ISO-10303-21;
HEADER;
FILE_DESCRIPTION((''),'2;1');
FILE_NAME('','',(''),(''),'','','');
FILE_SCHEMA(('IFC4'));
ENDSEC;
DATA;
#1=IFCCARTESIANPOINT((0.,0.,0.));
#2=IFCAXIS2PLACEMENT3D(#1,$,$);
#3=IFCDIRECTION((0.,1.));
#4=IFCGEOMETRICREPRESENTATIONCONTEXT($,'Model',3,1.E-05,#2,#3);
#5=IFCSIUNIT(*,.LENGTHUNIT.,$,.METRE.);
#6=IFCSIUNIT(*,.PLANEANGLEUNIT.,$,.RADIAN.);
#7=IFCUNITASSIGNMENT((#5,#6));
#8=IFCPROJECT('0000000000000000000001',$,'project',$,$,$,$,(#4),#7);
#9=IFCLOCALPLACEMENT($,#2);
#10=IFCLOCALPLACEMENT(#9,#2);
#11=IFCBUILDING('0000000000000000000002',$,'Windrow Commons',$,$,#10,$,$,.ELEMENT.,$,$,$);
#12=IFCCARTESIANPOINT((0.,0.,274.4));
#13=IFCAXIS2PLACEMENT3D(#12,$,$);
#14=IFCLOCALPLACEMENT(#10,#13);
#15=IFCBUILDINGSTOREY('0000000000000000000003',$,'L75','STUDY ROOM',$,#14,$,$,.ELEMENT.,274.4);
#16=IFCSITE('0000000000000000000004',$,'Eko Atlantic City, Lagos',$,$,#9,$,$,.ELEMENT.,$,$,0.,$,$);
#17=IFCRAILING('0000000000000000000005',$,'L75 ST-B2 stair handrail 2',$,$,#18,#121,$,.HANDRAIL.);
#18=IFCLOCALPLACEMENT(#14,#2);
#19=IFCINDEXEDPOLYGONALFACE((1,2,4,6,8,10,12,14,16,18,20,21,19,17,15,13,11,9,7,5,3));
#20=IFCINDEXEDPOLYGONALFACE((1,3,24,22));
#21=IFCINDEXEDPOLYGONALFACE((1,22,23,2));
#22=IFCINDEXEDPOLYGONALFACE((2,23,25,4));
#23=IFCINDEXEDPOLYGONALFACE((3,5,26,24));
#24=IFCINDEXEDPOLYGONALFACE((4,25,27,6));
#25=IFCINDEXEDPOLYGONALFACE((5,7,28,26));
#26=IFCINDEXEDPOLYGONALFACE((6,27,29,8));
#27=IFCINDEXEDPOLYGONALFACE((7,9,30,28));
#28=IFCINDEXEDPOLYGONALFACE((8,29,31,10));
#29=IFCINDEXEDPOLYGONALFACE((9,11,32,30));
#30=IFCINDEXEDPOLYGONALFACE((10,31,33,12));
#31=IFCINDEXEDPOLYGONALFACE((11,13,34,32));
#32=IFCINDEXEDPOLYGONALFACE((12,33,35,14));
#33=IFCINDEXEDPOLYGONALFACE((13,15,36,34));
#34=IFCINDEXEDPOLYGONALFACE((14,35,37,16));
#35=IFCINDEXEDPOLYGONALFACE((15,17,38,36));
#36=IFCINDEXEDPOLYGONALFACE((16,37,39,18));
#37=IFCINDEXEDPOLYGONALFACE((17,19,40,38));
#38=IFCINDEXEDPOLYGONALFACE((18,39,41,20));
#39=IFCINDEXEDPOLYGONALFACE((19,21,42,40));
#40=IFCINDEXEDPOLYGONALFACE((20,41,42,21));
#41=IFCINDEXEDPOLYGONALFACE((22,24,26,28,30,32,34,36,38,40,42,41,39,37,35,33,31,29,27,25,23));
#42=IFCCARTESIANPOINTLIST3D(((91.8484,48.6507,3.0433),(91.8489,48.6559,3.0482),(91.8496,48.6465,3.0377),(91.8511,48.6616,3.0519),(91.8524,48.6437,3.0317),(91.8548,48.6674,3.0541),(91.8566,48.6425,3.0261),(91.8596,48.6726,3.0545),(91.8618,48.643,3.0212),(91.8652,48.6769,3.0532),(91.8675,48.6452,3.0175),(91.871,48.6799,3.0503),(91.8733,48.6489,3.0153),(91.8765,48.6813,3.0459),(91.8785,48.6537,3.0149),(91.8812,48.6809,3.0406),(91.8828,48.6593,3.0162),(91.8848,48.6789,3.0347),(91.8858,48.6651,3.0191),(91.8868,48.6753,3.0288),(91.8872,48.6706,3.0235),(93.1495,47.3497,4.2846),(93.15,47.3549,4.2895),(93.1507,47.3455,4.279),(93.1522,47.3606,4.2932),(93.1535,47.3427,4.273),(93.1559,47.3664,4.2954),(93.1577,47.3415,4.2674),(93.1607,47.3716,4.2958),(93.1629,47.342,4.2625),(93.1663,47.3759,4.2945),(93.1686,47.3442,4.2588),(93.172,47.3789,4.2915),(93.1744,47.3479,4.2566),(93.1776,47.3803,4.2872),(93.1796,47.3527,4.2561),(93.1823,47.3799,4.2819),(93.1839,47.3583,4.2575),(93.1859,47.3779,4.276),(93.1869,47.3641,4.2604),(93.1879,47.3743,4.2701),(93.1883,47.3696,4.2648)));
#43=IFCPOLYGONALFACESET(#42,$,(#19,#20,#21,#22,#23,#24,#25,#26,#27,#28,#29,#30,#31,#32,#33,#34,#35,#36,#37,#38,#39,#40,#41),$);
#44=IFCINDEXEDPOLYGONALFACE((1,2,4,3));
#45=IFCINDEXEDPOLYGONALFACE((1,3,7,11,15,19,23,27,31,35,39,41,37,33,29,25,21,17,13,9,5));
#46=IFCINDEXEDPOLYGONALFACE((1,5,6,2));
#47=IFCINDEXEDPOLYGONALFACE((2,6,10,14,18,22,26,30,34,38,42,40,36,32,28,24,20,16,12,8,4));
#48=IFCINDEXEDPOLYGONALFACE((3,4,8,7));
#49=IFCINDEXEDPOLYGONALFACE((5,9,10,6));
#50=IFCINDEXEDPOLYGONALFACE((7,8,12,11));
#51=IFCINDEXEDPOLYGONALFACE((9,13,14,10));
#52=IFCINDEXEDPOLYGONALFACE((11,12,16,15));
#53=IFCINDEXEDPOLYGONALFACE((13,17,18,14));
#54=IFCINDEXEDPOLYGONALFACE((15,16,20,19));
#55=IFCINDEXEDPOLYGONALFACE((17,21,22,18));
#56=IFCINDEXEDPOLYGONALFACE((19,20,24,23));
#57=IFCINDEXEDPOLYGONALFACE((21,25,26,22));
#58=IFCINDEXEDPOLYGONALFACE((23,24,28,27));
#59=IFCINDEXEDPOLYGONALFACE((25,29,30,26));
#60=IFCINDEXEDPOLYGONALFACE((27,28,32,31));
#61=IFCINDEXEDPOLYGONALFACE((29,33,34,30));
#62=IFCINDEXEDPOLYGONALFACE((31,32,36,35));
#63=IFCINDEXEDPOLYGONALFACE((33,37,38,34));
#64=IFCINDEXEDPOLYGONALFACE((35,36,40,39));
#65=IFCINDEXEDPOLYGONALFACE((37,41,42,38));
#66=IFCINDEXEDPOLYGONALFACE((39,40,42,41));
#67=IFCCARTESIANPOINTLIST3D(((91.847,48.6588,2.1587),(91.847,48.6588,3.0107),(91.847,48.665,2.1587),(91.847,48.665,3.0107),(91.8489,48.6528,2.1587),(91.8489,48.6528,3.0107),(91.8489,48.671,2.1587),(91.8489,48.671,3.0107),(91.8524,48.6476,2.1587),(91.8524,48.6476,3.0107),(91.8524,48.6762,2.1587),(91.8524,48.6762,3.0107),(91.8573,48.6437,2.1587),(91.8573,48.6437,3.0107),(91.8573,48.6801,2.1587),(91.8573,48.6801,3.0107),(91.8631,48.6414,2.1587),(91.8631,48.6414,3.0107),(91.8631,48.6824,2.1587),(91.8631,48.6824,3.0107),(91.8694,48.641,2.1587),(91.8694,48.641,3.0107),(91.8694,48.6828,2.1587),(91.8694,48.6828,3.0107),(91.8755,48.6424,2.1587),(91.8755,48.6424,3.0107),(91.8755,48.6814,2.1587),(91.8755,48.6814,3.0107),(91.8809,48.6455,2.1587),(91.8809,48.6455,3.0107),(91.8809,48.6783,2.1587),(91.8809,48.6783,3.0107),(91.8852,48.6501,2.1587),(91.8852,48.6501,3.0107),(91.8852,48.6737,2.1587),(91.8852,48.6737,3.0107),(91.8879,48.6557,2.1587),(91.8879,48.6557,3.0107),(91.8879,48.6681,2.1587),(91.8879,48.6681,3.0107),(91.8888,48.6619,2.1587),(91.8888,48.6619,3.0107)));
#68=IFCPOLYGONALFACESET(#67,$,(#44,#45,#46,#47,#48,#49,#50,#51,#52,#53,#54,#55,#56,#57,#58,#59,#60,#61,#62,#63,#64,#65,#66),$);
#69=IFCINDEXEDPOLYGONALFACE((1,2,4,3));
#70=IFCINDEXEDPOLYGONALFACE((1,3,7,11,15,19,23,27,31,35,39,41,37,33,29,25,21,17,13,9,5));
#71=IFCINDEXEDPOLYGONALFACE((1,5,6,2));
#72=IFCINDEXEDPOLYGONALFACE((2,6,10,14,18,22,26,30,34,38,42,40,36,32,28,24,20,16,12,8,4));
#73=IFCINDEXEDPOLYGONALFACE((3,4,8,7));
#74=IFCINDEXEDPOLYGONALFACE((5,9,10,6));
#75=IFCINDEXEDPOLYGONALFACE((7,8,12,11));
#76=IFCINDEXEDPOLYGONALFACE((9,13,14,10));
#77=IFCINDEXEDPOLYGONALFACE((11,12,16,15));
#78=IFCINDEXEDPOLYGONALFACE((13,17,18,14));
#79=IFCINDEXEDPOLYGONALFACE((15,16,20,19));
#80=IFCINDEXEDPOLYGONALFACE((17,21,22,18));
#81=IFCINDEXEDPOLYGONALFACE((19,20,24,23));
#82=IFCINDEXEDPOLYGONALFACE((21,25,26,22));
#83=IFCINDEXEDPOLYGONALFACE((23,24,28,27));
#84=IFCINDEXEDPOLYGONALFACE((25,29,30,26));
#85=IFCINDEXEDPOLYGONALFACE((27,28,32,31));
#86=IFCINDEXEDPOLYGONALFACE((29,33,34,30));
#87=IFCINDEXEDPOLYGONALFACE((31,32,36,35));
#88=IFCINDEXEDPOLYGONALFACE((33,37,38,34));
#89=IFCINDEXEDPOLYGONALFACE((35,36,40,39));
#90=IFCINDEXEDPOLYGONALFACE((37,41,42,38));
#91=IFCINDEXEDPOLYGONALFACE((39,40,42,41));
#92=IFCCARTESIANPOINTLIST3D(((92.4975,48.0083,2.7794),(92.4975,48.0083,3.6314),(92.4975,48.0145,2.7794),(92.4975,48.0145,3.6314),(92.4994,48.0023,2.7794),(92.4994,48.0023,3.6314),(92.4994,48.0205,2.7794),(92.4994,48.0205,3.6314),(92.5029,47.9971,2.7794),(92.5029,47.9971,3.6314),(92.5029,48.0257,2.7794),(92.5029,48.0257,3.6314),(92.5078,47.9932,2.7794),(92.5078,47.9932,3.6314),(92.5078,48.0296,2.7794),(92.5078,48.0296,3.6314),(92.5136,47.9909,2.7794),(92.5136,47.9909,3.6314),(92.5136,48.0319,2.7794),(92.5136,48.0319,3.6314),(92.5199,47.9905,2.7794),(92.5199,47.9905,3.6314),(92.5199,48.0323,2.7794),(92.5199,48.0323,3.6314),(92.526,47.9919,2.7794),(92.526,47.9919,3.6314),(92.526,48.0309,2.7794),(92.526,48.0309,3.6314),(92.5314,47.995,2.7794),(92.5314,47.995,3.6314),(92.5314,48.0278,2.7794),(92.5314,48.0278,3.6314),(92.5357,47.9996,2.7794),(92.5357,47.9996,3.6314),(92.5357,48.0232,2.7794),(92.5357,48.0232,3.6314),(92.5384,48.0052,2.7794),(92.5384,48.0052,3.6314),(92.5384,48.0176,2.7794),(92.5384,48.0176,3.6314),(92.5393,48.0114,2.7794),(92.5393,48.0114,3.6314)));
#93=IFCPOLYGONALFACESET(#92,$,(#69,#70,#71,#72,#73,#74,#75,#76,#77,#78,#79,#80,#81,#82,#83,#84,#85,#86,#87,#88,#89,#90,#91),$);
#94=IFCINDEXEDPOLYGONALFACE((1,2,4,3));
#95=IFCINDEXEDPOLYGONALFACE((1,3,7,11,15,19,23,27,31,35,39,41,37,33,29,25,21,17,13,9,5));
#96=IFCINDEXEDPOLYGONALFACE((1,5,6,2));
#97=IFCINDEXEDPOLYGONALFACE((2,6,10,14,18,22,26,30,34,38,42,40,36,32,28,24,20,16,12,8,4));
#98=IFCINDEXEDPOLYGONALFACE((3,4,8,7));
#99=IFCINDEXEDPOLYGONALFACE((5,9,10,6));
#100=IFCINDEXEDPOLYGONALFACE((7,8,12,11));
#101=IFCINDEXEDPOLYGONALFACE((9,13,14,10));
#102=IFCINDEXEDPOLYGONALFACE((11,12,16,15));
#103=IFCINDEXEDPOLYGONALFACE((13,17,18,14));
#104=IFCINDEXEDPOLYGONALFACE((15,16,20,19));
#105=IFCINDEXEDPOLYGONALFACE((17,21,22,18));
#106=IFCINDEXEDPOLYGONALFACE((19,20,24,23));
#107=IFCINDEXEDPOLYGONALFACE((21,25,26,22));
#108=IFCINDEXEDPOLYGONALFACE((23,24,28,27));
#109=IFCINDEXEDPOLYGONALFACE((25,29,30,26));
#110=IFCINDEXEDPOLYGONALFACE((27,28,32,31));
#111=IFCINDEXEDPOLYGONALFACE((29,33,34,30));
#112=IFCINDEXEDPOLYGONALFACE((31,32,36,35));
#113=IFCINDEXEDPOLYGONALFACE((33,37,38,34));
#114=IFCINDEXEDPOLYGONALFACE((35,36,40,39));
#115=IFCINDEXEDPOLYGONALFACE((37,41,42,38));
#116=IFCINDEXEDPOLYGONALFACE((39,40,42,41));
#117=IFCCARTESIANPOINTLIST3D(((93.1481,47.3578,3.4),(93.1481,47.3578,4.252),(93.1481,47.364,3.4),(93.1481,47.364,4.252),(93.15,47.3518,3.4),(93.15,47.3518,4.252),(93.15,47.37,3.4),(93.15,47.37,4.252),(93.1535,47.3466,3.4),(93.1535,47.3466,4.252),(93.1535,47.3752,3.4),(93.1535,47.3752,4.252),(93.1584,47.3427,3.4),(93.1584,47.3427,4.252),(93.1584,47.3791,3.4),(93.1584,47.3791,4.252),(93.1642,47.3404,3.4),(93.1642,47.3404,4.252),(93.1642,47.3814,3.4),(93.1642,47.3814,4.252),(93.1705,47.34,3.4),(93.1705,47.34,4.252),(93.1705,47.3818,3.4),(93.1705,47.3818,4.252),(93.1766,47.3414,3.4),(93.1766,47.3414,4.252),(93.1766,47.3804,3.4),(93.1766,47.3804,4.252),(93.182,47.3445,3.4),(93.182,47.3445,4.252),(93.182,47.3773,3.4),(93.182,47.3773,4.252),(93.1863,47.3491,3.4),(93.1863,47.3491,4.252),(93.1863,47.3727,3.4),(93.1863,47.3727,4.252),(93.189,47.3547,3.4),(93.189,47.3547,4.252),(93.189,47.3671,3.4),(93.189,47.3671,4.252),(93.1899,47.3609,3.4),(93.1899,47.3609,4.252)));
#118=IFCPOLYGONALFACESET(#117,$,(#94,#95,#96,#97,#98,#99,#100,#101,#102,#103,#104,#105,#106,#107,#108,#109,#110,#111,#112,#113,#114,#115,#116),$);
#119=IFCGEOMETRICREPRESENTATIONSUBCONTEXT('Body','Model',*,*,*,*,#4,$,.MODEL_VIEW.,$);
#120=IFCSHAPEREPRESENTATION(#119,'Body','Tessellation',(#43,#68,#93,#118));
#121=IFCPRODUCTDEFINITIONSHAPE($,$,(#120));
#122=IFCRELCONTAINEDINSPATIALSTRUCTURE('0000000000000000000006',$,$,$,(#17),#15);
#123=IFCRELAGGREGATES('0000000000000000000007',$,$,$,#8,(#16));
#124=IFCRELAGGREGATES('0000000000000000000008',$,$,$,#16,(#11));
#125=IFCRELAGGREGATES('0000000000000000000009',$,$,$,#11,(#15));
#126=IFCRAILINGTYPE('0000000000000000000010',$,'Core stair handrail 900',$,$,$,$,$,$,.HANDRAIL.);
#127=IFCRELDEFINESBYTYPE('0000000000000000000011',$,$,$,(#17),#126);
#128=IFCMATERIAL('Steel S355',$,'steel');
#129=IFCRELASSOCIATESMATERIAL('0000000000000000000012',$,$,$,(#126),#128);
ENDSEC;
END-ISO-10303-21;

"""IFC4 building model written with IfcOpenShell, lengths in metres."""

from ifc_helpers import new_model, si_unit, direction, frame, origin, origin_2d, place, context, subcontext, project, spatial, circle, extrude, material, type_object, element, save


model = new_model("IFC4")

# Units and contexts
model_context = context("Model", 3, precision=1e-05, world=origin(), true_north=direction((0.0, 1.0)))
body_context = subcontext(model_context, "Body", "Model", "MODEL_VIEW")
ifc_project = project(units=[si_unit("LENGTHUNIT", "METRE"), si_unit("PLANEANGLEUNIT", "RADIAN")], contexts=[model_context])

# Site, building, storey
site_placement = place(None, origin())
site = spatial("IfcSite", under=ifc_project, at=site_placement, Name="Eko Atlantic City, Lagos", CompositionType="ELEMENT", RefElevation=0.0)
building_placement = place(site_placement, origin())
building = spatial("IfcBuilding", under=site, at=building_placement, Name="Windrow Commons", CompositionType="ELEMENT")
storey_placement = place(building_placement, frame((0.0, 0.0, 274.4)))
storey = spatial("IfcBuildingStorey", under=building, at=storey_placement, Name="L75", Description="STUDY ROOM", CompositionType="ELEMENT", Elevation=274.4)

# Railing
ifc_material_1 = material(Name="Steel S355", Category="steel")
railing_type_1 = type_object("IfcRailingType", Name="Core stair handrail 900", PredefinedType="HANDRAIL", material=ifc_material_1)
railing_1_placement = place(storey_placement, frame((91.8678, 48.6619, 2.1587)))
element("IfcRailing", 1, at=railing_1_placement, inside=storey, type_object=railing_type_1, Name="L75 ST-B2 stair handrail 2", PredefinedType="HANDRAIL", context=body_context, shape_type="SweptSolid", body=[
    extrude(circle(Radius=0.024, at=origin_2d()), frame((0.0, 0.0, 0.876), z_axis=(0.586207, -0.586162, 0.559264), x_axis=(0.70708, 0.707134, 0.0)), (0.0, 0.0, 1.0), 2.2195),
    extrude(circle(Radius=0.021, at=origin_2d()), origin(), (0.0, 0.0, 1.0), 0.852),
    extrude(circle(Radius=0.021, at=origin_2d()), frame((0.6505, -0.6505, 0.6207)), (0.0, 0.0, 1.0), 0.852),
    extrude(circle(Radius=0.021, at=origin_2d()), frame((1.3011, -1.301, 1.2413)), (0.0, 0.0, 1.0), 0.852),
])

save(model, "model.ifc")
